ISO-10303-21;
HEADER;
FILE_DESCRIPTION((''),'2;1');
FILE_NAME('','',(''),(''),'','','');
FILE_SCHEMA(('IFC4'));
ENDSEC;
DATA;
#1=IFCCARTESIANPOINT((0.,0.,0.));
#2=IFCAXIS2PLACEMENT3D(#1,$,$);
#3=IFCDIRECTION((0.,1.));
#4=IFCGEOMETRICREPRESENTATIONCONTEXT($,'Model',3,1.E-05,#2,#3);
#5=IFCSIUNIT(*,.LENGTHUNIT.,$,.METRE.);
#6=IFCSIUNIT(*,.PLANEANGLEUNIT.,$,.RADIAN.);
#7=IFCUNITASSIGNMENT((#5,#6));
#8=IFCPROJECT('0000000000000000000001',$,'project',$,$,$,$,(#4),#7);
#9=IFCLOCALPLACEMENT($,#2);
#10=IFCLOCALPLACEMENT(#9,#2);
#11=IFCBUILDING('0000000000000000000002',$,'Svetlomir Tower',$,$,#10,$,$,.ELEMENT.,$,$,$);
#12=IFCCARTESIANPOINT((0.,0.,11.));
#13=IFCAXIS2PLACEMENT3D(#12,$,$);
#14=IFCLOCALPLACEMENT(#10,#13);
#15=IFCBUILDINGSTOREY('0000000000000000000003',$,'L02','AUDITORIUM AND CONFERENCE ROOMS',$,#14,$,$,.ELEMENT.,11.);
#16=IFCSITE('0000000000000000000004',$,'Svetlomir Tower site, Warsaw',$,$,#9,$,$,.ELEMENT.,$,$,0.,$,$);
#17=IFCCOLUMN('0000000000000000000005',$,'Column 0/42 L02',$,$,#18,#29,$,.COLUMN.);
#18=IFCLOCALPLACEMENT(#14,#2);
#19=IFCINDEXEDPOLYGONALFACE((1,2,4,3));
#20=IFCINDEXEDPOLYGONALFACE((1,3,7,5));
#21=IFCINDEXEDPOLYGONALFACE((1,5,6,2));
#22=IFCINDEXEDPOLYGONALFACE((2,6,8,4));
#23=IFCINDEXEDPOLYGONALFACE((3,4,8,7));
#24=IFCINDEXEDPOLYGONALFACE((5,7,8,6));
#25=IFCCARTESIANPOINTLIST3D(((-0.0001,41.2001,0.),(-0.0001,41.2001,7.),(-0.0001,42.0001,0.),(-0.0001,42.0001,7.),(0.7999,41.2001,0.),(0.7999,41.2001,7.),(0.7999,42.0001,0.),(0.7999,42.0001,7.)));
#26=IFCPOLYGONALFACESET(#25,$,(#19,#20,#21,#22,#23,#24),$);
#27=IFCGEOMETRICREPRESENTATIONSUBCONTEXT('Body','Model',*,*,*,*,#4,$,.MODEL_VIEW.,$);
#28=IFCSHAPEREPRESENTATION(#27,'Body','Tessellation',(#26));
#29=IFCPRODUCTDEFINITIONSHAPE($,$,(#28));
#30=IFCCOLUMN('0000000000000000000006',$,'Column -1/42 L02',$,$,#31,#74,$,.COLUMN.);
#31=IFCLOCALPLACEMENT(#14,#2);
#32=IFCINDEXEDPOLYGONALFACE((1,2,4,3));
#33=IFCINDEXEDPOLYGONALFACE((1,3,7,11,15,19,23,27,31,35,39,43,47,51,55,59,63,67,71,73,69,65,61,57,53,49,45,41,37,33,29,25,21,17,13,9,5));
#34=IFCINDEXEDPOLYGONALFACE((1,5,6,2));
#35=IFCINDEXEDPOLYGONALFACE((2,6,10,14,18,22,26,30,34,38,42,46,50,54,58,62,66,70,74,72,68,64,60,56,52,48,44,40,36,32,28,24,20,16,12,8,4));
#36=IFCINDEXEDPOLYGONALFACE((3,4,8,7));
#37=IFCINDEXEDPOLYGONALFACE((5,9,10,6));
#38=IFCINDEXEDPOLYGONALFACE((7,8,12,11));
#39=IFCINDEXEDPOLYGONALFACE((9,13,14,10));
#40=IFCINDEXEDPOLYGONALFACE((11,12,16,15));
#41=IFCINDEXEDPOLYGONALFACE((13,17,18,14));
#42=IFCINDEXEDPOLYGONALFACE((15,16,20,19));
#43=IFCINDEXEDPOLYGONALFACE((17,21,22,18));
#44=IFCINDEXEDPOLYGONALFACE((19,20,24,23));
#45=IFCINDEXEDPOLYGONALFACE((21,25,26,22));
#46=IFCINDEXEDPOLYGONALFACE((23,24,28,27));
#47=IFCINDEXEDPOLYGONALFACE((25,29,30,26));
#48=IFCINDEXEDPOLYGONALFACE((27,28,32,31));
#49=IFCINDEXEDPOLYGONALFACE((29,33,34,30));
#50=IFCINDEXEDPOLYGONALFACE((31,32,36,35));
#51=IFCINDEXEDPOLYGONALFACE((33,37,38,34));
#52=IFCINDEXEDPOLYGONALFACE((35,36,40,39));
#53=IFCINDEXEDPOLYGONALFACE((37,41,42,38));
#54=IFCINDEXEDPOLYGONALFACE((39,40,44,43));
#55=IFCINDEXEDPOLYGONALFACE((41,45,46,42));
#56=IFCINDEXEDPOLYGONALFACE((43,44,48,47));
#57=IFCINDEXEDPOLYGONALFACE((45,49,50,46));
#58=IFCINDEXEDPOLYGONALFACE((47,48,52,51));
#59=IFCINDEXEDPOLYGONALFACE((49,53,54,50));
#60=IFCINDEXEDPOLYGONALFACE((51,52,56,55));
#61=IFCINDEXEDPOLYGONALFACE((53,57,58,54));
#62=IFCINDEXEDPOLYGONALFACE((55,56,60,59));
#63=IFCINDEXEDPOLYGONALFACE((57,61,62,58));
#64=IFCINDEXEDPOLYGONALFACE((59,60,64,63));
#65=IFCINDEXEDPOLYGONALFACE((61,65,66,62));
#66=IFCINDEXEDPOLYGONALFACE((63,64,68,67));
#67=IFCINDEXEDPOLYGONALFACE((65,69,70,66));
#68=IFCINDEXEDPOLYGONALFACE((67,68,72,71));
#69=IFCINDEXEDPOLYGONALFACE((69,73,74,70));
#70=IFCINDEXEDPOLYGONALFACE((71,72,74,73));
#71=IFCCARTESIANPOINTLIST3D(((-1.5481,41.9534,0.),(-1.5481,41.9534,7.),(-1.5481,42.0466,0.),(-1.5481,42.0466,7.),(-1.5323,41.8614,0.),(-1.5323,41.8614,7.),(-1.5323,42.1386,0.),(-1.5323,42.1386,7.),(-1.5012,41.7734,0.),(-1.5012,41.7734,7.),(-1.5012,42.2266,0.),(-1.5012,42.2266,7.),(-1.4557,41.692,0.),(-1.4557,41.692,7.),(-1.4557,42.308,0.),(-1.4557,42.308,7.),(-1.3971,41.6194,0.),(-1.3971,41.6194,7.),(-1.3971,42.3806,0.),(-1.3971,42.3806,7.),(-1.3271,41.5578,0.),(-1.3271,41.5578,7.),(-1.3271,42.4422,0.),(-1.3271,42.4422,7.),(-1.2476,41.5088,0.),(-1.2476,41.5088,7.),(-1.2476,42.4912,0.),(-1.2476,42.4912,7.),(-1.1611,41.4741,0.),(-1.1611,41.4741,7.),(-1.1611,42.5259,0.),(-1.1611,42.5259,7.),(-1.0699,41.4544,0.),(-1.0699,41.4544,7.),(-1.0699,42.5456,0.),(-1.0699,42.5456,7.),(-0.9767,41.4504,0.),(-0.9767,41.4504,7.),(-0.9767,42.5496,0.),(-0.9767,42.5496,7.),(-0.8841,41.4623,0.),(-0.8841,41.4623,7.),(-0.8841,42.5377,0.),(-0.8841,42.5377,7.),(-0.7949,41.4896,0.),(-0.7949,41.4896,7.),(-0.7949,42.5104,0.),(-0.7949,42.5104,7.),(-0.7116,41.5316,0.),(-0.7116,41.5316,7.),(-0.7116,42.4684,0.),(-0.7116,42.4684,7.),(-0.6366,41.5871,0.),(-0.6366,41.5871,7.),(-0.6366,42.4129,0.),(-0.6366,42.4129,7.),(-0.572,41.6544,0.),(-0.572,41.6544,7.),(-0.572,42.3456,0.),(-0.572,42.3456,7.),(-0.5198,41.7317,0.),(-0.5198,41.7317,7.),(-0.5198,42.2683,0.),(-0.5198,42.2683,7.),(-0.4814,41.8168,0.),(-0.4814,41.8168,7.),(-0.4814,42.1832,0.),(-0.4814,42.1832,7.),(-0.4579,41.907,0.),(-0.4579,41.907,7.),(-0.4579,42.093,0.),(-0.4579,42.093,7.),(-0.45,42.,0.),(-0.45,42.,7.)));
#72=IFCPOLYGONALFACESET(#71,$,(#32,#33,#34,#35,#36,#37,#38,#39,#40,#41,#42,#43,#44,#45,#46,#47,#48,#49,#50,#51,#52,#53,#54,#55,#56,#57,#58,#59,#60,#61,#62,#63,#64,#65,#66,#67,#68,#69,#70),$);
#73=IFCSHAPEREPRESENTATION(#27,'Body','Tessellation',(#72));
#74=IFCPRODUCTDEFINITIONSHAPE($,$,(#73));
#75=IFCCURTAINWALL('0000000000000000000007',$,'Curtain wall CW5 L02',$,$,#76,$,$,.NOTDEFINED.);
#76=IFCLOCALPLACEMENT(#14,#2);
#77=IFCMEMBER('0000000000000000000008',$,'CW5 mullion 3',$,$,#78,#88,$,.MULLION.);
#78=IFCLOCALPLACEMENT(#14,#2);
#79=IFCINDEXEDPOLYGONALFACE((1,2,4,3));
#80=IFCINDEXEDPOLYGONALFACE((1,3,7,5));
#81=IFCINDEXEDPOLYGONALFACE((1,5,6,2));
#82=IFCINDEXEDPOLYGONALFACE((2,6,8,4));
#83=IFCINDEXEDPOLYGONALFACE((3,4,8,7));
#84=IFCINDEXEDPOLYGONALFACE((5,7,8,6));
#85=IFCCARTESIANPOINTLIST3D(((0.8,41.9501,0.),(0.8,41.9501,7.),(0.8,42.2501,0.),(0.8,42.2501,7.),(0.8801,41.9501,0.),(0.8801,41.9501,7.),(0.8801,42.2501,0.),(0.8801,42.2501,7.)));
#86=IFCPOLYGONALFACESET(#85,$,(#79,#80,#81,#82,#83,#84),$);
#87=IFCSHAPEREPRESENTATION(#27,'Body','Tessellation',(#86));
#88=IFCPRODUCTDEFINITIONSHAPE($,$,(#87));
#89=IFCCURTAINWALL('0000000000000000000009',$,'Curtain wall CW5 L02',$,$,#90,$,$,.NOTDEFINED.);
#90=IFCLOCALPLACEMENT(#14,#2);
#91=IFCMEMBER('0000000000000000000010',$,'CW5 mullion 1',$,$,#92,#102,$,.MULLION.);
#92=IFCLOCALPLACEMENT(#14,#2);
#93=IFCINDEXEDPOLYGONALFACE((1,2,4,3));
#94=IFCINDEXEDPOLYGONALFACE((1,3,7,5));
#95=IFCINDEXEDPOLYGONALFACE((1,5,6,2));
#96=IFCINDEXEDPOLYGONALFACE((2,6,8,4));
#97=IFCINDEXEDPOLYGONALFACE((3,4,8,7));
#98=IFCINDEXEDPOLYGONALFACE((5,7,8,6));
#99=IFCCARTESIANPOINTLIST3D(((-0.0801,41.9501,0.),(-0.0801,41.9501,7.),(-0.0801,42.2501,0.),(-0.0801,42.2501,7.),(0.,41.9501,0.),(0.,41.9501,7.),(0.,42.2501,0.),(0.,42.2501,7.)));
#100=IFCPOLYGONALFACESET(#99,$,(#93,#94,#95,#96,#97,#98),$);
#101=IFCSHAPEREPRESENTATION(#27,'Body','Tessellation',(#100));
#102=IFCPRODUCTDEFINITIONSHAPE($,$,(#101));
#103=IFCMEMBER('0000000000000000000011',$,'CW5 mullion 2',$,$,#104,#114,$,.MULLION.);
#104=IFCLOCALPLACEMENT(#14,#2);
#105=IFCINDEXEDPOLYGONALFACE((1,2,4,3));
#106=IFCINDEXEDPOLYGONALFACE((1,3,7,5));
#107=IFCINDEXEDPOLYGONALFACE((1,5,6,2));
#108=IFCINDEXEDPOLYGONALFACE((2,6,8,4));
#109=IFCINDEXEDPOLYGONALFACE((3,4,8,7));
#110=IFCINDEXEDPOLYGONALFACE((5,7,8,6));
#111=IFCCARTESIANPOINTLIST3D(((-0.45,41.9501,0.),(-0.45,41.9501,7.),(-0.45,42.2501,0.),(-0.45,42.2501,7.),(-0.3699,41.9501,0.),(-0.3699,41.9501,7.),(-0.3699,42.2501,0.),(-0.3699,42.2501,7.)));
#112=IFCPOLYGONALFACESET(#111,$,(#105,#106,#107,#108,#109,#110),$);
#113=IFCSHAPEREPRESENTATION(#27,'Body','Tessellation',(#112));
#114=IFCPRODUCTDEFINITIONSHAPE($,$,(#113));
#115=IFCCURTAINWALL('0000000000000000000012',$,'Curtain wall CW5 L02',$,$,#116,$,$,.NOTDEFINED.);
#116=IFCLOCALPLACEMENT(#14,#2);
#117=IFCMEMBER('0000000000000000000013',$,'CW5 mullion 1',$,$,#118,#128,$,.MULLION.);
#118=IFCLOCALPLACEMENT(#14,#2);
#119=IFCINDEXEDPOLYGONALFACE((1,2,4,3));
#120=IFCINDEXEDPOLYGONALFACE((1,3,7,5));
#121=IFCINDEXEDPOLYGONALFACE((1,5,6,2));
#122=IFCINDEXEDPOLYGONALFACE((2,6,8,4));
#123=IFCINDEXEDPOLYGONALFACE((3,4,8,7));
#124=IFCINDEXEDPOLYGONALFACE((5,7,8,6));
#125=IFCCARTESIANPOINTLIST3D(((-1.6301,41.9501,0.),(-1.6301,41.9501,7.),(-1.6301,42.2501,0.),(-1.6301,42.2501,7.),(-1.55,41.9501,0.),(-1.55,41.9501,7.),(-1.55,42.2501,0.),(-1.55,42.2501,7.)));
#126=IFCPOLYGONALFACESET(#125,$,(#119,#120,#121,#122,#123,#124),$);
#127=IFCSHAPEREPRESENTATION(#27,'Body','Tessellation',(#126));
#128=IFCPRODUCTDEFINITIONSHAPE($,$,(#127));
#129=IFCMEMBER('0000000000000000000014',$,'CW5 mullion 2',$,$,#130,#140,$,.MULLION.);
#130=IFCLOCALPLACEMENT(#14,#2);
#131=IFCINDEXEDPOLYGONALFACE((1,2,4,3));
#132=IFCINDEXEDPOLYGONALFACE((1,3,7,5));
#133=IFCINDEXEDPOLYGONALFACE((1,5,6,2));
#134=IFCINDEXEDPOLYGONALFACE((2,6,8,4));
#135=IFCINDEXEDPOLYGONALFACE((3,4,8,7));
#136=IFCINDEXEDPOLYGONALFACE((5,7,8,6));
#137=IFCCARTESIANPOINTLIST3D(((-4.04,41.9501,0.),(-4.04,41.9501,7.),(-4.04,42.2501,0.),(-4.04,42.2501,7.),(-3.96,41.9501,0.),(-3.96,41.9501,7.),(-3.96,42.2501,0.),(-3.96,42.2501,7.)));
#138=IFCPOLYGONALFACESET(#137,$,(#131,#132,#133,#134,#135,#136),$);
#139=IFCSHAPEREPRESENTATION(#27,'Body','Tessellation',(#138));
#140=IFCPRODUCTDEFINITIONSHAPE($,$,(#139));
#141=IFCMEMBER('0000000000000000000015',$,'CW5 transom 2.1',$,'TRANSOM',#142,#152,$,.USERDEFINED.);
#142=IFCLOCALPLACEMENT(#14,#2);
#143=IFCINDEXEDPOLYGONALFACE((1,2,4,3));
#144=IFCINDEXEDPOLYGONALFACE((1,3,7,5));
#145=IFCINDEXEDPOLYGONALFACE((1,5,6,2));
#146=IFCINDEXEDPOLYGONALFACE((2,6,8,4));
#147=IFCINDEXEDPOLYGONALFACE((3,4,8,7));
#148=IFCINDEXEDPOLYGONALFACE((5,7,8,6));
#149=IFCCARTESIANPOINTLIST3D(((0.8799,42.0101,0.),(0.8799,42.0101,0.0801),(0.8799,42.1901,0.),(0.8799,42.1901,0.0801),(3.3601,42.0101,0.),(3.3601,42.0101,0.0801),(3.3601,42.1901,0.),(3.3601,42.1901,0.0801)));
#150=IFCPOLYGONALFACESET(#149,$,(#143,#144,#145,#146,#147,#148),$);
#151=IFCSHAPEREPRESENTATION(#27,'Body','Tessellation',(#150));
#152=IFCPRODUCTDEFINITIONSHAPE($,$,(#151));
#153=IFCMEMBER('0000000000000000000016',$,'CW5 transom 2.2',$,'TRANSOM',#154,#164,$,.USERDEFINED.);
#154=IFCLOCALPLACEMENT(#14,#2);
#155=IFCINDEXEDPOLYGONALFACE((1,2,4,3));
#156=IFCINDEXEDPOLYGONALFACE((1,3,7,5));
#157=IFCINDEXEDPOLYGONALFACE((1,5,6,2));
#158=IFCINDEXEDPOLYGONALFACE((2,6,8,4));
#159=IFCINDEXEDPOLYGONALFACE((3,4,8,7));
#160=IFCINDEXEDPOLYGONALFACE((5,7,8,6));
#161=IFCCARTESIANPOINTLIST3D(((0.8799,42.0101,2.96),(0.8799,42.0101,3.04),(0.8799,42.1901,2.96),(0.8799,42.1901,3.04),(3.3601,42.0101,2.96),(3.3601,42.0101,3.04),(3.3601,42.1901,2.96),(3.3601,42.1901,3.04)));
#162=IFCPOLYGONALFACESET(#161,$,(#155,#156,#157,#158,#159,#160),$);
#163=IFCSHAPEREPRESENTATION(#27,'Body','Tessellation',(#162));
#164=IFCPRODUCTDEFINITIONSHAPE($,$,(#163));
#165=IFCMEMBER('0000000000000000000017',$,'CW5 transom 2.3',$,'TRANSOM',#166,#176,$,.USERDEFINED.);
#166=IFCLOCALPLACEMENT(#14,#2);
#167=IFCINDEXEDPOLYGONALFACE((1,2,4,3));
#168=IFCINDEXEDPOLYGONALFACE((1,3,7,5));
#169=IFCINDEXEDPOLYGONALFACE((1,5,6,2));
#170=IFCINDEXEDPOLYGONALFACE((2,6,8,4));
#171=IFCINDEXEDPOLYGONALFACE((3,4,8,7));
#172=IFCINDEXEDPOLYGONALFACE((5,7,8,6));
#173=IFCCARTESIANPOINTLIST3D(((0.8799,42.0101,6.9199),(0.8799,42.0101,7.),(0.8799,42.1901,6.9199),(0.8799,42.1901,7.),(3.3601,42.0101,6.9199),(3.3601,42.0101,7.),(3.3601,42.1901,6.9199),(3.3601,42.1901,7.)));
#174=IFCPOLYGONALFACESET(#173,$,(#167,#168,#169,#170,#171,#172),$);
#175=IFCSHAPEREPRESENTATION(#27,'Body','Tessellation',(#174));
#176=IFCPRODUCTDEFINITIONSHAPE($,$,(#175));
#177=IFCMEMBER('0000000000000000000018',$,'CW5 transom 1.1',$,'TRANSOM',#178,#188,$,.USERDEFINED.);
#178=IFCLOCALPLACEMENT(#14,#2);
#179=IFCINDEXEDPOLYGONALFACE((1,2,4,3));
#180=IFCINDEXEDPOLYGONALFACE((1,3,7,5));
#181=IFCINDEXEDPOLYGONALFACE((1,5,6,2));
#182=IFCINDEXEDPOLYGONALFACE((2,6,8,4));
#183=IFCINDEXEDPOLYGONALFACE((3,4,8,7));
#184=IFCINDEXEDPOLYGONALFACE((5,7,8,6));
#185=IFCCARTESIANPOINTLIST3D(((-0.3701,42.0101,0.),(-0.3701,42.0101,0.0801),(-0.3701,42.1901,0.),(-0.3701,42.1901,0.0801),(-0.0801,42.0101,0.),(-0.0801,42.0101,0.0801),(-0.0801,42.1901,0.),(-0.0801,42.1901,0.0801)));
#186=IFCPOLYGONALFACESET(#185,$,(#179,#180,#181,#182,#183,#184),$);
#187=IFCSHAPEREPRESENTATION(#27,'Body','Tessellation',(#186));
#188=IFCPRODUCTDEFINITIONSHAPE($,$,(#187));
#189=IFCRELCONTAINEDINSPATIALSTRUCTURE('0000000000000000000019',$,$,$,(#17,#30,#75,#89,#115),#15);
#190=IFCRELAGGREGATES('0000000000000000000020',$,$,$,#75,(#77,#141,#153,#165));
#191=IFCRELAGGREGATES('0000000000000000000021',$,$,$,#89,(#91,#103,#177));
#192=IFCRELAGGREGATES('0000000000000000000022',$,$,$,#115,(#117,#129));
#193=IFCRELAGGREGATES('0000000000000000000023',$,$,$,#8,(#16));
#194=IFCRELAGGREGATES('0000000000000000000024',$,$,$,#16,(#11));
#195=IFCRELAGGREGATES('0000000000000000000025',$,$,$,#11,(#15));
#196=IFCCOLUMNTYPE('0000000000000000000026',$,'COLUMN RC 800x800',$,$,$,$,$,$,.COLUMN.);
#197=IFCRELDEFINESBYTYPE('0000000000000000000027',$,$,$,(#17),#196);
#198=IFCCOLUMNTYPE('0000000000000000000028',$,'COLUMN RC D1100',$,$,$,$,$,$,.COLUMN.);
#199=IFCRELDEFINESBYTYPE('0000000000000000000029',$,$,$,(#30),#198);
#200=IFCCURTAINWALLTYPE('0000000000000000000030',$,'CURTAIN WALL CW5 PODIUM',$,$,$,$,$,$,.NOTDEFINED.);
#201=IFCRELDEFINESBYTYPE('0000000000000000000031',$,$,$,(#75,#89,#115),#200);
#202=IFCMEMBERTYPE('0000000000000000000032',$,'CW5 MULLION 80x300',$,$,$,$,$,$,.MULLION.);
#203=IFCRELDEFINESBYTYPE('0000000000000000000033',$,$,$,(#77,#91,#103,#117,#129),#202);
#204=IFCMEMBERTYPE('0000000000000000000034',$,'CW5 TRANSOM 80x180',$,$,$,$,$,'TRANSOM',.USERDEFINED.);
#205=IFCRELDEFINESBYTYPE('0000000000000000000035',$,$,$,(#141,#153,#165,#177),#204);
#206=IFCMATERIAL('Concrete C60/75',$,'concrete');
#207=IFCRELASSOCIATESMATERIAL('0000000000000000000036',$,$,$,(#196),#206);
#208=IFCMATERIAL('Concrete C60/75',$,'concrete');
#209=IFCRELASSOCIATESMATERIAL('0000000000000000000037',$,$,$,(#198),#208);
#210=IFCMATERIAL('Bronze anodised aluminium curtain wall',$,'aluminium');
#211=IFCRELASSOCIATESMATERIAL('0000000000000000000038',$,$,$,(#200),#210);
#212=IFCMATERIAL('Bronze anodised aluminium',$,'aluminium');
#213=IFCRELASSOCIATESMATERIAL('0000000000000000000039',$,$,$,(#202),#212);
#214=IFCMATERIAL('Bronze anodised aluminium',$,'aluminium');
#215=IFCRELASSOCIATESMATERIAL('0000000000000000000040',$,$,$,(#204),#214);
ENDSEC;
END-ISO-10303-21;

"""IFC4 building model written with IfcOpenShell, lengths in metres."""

from ifc_helpers import new_model, si_unit, direction, frame, origin, origin_2d, place, context, subcontext, project, spatial, rectangle, circle, extrude, material, material_profile, profile_set, type_object, element, aggregate, save


model = new_model("IFC4")

# Units and contexts
model_context = context("Model", 3, precision=1e-05, world=origin(), true_north=direction((0.0, 1.0)))
body_context = subcontext(model_context, "Body", "Model", "MODEL_VIEW")
ifc_project = project(units=[si_unit("LENGTHUNIT", "METRE"), si_unit("PLANEANGLEUNIT", "RADIAN")], contexts=[model_context])

# Site, building, storey
site_placement = place(None, origin())
site = spatial("IfcSite", under=ifc_project, at=site_placement, Name="Svetlomir Tower site, Warsaw", CompositionType="ELEMENT", RefElevation=0.0)
building_placement = place(site_placement, origin())
building = spatial("IfcBuilding", under=site, at=building_placement, Name="Svetlomir Tower", CompositionType="ELEMENT")
storey_placement = place(building_placement, frame((0.0, 0.0, 11.0)))
storey = spatial("IfcBuildingStorey", under=building, at=storey_placement, Name="L02", Description="AUDITORIUM AND CONFERENCE ROOMS", CompositionType="ELEMENT", Elevation=11.0)

# Columns
ifc_material_1 = material(Name="Concrete C60/75", Category="concrete")
ifc_material_profile_1 = material_profile(ifc_material_1, rectangle(XDim=0.8, YDim=0.8, at=origin_2d()), Name="RC 800x800")
ifc_profile_set_1 = profile_set([ifc_material_profile_1], Name="Concrete C60/75")
column_type_1 = type_object("IfcColumnType", Name="COLUMN RC 800x800", PredefinedType="COLUMN", material=ifc_profile_set_1)
column_1_placement = place(storey_placement, frame((0.3999, 41.6001, 0.0), z_axis=(0.0, 0.0, 1.0), x_axis=(1.0, 0.0, 0.0)))
element("IfcColumn", 1, at=column_1_placement, inside=storey, type_object=column_type_1, Name="Column 0/42 L02", PredefinedType="COLUMN", context=body_context, shape_type="SweptSolid", body=[
    extrude(rectangle(XDim=0.8, YDim=0.8, at=origin_2d()), origin(), (0.0, 0.0, 1.0), 7.0),
])
ifc_material_2 = material(Name="Concrete C60/75", Category="concrete")
ifc_material_profile_2 = material_profile(ifc_material_2, circle(Radius=0.55, at=origin_2d()), Name="RC D1100")
ifc_profile_set_2 = profile_set([ifc_material_profile_2], Name="Concrete C60/75")
column_type_2 = type_object("IfcColumnType", Name="COLUMN RC D1100", PredefinedType="COLUMN", material=ifc_profile_set_2)
column_2_placement = place(storey_placement, frame((-1.0, 42.0, 0.0), z_axis=(0.0, 0.0, 1.0), x_axis=(1.0, 0.0, 0.0)))
element("IfcColumn", 2, at=column_2_placement, inside=storey, type_object=column_type_2, Name="Column -1/42 L02", PredefinedType="COLUMN", context=body_context, shape_type="SweptSolid", body=[
    extrude(circle(Radius=0.55, at=origin_2d()), origin(), (0.0, 0.0, 1.0), 7.0),
])

# Curtain wall, member
ifc_material_3 = material(Name="Bronze anodised aluminium curtain wall", Category="aluminium")
curtain_wall_type = type_object("IfcCurtainWallType", Name="CURTAIN WALL CW5 PODIUM", PredefinedType="NOTDEFINED", material=ifc_material_3)
curtain_wall_1_placement = place(storey_placement, origin())
curtain_wall_1 = element("IfcCurtainWall", 3, at=curtain_wall_1_placement, inside=storey, type_object=curtain_wall_type, Name="Curtain wall CW5 L02", PredefinedType="NOTDEFINED")
ifc_material_4 = material(Name="Bronze anodised aluminium", Category="aluminium")
ifc_material_profile_3 = material_profile(ifc_material_4, rectangle(XDim=0.0801, YDim=0.3, at=origin_2d()), Name="AL 80x300")
ifc_profile_set_3 = profile_set([ifc_material_profile_3], Name="Bronze anodised aluminium 6063-T6")
member_type_1 = type_object("IfcMemberType", Name="CW5 MULLION 80x300", PredefinedType="MULLION", material=ifc_profile_set_3)
member_1_placement = place(storey_placement, frame((0.8401, 42.1001, 0.0), z_axis=(0.0, 0.0, 1.0), x_axis=(-1.0, 0.0, 0.0)))
member_1 = element("IfcMember", 4, at=member_1_placement, type_object=member_type_1, Name="CW5 mullion 3", PredefinedType="MULLION", context=body_context, shape_type="SweptSolid", body=[
    extrude(rectangle(XDim=0.0801, YDim=0.3, at=origin_2d()), origin(), (0.0, 0.0, 1.0), 7.0),
])

# Curtain walls, members
curtain_wall_2_placement = place(storey_placement, origin())
curtain_wall_2 = element("IfcCurtainWall", 5, at=curtain_wall_2_placement, inside=storey, type_object=curtain_wall_type, Name="Curtain wall CW5 L02", PredefinedType="NOTDEFINED")
member_2_placement = place(storey_placement, frame((-0.04, 42.1001, 0.0), z_axis=(0.0, 0.0, 1.0), x_axis=(-1.0, 0.0, 0.0)))
member_2 = element("IfcMember", 6, at=member_2_placement, type_object=member_type_1, Name="CW5 mullion 1", PredefinedType="MULLION", context=body_context, shape_type="SweptSolid", body=[
    extrude(rectangle(XDim=0.0801, YDim=0.3, at=origin_2d()), origin(), (0.0, 0.0, 1.0), 7.0),
])
member_3_placement = place(storey_placement, frame((-0.4099, 42.1001, 0.0), z_axis=(0.0, 0.0, 1.0), x_axis=(-1.0, 0.0, 0.0)))
member_3 = element("IfcMember", 7, at=member_3_placement, type_object=member_type_1, Name="CW5 mullion 2", PredefinedType="MULLION", context=body_context, shape_type="SweptSolid", body=[
    extrude(rectangle(XDim=0.0801, YDim=0.3, at=origin_2d()), origin(), (0.0, 0.0, 1.0), 7.0),
])
curtain_wall_3_placement = place(storey_placement, origin())
curtain_wall_3 = element("IfcCurtainWall", 8, at=curtain_wall_3_placement, inside=storey, type_object=curtain_wall_type, Name="Curtain wall CW5 L02", PredefinedType="NOTDEFINED")
member_4_placement = place(storey_placement, frame((-1.5901, 42.1001, 0.0), z_axis=(0.0, 0.0, 1.0), x_axis=(-1.0, 0.0, 0.0)))
member_4 = element("IfcMember", 9, at=member_4_placement, type_object=member_type_1, Name="CW5 mullion 1", PredefinedType="MULLION", context=body_context, shape_type="SweptSolid", body=[
    extrude(rectangle(XDim=0.0801, YDim=0.3, at=origin_2d()), origin(), (0.0, 0.0, 1.0), 7.0),
])
member_5_placement = place(storey_placement, frame((-4.0, 42.1001, 0.0), z_axis=(0.0, 0.0, 1.0), x_axis=(-1.0, 0.0, 0.0)))
member_5 = element("IfcMember", 10, at=member_5_placement, type_object=member_type_1, Name="CW5 mullion 2", PredefinedType="MULLION", context=body_context, shape_type="SweptSolid", body=[
    extrude(rectangle(XDim=0.0801, YDim=0.3, at=origin_2d()), origin(), (0.0, 0.0, 1.0), 7.0),
])

# Members
ifc_material_5 = material(Name="Bronze anodised aluminium", Category="aluminium")
ifc_material_profile_4 = material_profile(ifc_material_5, rectangle(XDim=0.1799, YDim=0.0801, at=origin_2d()), Name="AL 180x80")
ifc_profile_set_4 = profile_set([ifc_material_profile_4], Name="Bronze anodised aluminium 6063-T6")
member_type_2 = type_object("IfcMemberType", Name="CW5 TRANSOM 80x180", ElementType="TRANSOM", PredefinedType="USERDEFINED", material=ifc_profile_set_4)
member_6_placement = place(storey_placement, frame((3.3601, 42.1001, 0.04), z_axis=(-1.0, 0.0, 0.0), x_axis=(0.0, -1.0, 0.0)))
member_6 = element("IfcMember", 11, at=member_6_placement, type_object=member_type_2, Name="CW5 transom 2.1", ObjectType="TRANSOM", PredefinedType="USERDEFINED", context=body_context, shape_type="SweptSolid", body=[
    extrude(rectangle(XDim=0.1799, YDim=0.0801, at=origin_2d()), origin(), (0.0, 0.0, 1.0), 2.4802),
])
member_7_placement = place(storey_placement, frame((3.3601, 42.1001, 3.0), z_axis=(-1.0, 0.0, 0.0), x_axis=(0.0, -1.0, 0.0)))
member_7 = element("IfcMember", 12, at=member_7_placement, type_object=member_type_2, Name="CW5 transom 2.2", ObjectType="TRANSOM", PredefinedType="USERDEFINED", context=body_context, shape_type="SweptSolid", body=[
    extrude(rectangle(XDim=0.1799, YDim=0.0801, at=origin_2d()), origin(), (0.0, 0.0, 1.0), 2.4802),
])
member_8_placement = place(storey_placement, frame((3.3601, 42.1001, 6.96), z_axis=(-1.0, 0.0, 0.0), x_axis=(0.0, -1.0, 0.0)))
member_8 = element("IfcMember", 13, at=member_8_placement, type_object=member_type_2, Name="CW5 transom 2.3", ObjectType="TRANSOM", PredefinedType="USERDEFINED", context=body_context, shape_type="SweptSolid", body=[
    extrude(rectangle(XDim=0.1799, YDim=0.0801, at=origin_2d()), origin(), (0.0, 0.0, 1.0), 2.4802),
])
member_9_placement = place(storey_placement, frame((-0.0801, 42.1001, 0.04), z_axis=(-1.0, 0.0, 0.0), x_axis=(0.0, -1.0, 0.0)))
member_9 = element("IfcMember", 14, at=member_9_placement, type_object=member_type_2, Name="CW5 transom 1.1", ObjectType="TRANSOM", PredefinedType="USERDEFINED", context=body_context, shape_type="SweptSolid", body=[
    extrude(rectangle(XDim=0.1799, YDim=0.0801, at=origin_2d()), origin(), (0.0, 0.0, 1.0), 0.29),
])

aggregate(curtain_wall_1, [member_1, member_6, member_7, member_8])
aggregate(curtain_wall_2, [member_2, member_3, member_9])
aggregate(curtain_wall_3, [member_4, member_5])

save(model, "model.ifc")
